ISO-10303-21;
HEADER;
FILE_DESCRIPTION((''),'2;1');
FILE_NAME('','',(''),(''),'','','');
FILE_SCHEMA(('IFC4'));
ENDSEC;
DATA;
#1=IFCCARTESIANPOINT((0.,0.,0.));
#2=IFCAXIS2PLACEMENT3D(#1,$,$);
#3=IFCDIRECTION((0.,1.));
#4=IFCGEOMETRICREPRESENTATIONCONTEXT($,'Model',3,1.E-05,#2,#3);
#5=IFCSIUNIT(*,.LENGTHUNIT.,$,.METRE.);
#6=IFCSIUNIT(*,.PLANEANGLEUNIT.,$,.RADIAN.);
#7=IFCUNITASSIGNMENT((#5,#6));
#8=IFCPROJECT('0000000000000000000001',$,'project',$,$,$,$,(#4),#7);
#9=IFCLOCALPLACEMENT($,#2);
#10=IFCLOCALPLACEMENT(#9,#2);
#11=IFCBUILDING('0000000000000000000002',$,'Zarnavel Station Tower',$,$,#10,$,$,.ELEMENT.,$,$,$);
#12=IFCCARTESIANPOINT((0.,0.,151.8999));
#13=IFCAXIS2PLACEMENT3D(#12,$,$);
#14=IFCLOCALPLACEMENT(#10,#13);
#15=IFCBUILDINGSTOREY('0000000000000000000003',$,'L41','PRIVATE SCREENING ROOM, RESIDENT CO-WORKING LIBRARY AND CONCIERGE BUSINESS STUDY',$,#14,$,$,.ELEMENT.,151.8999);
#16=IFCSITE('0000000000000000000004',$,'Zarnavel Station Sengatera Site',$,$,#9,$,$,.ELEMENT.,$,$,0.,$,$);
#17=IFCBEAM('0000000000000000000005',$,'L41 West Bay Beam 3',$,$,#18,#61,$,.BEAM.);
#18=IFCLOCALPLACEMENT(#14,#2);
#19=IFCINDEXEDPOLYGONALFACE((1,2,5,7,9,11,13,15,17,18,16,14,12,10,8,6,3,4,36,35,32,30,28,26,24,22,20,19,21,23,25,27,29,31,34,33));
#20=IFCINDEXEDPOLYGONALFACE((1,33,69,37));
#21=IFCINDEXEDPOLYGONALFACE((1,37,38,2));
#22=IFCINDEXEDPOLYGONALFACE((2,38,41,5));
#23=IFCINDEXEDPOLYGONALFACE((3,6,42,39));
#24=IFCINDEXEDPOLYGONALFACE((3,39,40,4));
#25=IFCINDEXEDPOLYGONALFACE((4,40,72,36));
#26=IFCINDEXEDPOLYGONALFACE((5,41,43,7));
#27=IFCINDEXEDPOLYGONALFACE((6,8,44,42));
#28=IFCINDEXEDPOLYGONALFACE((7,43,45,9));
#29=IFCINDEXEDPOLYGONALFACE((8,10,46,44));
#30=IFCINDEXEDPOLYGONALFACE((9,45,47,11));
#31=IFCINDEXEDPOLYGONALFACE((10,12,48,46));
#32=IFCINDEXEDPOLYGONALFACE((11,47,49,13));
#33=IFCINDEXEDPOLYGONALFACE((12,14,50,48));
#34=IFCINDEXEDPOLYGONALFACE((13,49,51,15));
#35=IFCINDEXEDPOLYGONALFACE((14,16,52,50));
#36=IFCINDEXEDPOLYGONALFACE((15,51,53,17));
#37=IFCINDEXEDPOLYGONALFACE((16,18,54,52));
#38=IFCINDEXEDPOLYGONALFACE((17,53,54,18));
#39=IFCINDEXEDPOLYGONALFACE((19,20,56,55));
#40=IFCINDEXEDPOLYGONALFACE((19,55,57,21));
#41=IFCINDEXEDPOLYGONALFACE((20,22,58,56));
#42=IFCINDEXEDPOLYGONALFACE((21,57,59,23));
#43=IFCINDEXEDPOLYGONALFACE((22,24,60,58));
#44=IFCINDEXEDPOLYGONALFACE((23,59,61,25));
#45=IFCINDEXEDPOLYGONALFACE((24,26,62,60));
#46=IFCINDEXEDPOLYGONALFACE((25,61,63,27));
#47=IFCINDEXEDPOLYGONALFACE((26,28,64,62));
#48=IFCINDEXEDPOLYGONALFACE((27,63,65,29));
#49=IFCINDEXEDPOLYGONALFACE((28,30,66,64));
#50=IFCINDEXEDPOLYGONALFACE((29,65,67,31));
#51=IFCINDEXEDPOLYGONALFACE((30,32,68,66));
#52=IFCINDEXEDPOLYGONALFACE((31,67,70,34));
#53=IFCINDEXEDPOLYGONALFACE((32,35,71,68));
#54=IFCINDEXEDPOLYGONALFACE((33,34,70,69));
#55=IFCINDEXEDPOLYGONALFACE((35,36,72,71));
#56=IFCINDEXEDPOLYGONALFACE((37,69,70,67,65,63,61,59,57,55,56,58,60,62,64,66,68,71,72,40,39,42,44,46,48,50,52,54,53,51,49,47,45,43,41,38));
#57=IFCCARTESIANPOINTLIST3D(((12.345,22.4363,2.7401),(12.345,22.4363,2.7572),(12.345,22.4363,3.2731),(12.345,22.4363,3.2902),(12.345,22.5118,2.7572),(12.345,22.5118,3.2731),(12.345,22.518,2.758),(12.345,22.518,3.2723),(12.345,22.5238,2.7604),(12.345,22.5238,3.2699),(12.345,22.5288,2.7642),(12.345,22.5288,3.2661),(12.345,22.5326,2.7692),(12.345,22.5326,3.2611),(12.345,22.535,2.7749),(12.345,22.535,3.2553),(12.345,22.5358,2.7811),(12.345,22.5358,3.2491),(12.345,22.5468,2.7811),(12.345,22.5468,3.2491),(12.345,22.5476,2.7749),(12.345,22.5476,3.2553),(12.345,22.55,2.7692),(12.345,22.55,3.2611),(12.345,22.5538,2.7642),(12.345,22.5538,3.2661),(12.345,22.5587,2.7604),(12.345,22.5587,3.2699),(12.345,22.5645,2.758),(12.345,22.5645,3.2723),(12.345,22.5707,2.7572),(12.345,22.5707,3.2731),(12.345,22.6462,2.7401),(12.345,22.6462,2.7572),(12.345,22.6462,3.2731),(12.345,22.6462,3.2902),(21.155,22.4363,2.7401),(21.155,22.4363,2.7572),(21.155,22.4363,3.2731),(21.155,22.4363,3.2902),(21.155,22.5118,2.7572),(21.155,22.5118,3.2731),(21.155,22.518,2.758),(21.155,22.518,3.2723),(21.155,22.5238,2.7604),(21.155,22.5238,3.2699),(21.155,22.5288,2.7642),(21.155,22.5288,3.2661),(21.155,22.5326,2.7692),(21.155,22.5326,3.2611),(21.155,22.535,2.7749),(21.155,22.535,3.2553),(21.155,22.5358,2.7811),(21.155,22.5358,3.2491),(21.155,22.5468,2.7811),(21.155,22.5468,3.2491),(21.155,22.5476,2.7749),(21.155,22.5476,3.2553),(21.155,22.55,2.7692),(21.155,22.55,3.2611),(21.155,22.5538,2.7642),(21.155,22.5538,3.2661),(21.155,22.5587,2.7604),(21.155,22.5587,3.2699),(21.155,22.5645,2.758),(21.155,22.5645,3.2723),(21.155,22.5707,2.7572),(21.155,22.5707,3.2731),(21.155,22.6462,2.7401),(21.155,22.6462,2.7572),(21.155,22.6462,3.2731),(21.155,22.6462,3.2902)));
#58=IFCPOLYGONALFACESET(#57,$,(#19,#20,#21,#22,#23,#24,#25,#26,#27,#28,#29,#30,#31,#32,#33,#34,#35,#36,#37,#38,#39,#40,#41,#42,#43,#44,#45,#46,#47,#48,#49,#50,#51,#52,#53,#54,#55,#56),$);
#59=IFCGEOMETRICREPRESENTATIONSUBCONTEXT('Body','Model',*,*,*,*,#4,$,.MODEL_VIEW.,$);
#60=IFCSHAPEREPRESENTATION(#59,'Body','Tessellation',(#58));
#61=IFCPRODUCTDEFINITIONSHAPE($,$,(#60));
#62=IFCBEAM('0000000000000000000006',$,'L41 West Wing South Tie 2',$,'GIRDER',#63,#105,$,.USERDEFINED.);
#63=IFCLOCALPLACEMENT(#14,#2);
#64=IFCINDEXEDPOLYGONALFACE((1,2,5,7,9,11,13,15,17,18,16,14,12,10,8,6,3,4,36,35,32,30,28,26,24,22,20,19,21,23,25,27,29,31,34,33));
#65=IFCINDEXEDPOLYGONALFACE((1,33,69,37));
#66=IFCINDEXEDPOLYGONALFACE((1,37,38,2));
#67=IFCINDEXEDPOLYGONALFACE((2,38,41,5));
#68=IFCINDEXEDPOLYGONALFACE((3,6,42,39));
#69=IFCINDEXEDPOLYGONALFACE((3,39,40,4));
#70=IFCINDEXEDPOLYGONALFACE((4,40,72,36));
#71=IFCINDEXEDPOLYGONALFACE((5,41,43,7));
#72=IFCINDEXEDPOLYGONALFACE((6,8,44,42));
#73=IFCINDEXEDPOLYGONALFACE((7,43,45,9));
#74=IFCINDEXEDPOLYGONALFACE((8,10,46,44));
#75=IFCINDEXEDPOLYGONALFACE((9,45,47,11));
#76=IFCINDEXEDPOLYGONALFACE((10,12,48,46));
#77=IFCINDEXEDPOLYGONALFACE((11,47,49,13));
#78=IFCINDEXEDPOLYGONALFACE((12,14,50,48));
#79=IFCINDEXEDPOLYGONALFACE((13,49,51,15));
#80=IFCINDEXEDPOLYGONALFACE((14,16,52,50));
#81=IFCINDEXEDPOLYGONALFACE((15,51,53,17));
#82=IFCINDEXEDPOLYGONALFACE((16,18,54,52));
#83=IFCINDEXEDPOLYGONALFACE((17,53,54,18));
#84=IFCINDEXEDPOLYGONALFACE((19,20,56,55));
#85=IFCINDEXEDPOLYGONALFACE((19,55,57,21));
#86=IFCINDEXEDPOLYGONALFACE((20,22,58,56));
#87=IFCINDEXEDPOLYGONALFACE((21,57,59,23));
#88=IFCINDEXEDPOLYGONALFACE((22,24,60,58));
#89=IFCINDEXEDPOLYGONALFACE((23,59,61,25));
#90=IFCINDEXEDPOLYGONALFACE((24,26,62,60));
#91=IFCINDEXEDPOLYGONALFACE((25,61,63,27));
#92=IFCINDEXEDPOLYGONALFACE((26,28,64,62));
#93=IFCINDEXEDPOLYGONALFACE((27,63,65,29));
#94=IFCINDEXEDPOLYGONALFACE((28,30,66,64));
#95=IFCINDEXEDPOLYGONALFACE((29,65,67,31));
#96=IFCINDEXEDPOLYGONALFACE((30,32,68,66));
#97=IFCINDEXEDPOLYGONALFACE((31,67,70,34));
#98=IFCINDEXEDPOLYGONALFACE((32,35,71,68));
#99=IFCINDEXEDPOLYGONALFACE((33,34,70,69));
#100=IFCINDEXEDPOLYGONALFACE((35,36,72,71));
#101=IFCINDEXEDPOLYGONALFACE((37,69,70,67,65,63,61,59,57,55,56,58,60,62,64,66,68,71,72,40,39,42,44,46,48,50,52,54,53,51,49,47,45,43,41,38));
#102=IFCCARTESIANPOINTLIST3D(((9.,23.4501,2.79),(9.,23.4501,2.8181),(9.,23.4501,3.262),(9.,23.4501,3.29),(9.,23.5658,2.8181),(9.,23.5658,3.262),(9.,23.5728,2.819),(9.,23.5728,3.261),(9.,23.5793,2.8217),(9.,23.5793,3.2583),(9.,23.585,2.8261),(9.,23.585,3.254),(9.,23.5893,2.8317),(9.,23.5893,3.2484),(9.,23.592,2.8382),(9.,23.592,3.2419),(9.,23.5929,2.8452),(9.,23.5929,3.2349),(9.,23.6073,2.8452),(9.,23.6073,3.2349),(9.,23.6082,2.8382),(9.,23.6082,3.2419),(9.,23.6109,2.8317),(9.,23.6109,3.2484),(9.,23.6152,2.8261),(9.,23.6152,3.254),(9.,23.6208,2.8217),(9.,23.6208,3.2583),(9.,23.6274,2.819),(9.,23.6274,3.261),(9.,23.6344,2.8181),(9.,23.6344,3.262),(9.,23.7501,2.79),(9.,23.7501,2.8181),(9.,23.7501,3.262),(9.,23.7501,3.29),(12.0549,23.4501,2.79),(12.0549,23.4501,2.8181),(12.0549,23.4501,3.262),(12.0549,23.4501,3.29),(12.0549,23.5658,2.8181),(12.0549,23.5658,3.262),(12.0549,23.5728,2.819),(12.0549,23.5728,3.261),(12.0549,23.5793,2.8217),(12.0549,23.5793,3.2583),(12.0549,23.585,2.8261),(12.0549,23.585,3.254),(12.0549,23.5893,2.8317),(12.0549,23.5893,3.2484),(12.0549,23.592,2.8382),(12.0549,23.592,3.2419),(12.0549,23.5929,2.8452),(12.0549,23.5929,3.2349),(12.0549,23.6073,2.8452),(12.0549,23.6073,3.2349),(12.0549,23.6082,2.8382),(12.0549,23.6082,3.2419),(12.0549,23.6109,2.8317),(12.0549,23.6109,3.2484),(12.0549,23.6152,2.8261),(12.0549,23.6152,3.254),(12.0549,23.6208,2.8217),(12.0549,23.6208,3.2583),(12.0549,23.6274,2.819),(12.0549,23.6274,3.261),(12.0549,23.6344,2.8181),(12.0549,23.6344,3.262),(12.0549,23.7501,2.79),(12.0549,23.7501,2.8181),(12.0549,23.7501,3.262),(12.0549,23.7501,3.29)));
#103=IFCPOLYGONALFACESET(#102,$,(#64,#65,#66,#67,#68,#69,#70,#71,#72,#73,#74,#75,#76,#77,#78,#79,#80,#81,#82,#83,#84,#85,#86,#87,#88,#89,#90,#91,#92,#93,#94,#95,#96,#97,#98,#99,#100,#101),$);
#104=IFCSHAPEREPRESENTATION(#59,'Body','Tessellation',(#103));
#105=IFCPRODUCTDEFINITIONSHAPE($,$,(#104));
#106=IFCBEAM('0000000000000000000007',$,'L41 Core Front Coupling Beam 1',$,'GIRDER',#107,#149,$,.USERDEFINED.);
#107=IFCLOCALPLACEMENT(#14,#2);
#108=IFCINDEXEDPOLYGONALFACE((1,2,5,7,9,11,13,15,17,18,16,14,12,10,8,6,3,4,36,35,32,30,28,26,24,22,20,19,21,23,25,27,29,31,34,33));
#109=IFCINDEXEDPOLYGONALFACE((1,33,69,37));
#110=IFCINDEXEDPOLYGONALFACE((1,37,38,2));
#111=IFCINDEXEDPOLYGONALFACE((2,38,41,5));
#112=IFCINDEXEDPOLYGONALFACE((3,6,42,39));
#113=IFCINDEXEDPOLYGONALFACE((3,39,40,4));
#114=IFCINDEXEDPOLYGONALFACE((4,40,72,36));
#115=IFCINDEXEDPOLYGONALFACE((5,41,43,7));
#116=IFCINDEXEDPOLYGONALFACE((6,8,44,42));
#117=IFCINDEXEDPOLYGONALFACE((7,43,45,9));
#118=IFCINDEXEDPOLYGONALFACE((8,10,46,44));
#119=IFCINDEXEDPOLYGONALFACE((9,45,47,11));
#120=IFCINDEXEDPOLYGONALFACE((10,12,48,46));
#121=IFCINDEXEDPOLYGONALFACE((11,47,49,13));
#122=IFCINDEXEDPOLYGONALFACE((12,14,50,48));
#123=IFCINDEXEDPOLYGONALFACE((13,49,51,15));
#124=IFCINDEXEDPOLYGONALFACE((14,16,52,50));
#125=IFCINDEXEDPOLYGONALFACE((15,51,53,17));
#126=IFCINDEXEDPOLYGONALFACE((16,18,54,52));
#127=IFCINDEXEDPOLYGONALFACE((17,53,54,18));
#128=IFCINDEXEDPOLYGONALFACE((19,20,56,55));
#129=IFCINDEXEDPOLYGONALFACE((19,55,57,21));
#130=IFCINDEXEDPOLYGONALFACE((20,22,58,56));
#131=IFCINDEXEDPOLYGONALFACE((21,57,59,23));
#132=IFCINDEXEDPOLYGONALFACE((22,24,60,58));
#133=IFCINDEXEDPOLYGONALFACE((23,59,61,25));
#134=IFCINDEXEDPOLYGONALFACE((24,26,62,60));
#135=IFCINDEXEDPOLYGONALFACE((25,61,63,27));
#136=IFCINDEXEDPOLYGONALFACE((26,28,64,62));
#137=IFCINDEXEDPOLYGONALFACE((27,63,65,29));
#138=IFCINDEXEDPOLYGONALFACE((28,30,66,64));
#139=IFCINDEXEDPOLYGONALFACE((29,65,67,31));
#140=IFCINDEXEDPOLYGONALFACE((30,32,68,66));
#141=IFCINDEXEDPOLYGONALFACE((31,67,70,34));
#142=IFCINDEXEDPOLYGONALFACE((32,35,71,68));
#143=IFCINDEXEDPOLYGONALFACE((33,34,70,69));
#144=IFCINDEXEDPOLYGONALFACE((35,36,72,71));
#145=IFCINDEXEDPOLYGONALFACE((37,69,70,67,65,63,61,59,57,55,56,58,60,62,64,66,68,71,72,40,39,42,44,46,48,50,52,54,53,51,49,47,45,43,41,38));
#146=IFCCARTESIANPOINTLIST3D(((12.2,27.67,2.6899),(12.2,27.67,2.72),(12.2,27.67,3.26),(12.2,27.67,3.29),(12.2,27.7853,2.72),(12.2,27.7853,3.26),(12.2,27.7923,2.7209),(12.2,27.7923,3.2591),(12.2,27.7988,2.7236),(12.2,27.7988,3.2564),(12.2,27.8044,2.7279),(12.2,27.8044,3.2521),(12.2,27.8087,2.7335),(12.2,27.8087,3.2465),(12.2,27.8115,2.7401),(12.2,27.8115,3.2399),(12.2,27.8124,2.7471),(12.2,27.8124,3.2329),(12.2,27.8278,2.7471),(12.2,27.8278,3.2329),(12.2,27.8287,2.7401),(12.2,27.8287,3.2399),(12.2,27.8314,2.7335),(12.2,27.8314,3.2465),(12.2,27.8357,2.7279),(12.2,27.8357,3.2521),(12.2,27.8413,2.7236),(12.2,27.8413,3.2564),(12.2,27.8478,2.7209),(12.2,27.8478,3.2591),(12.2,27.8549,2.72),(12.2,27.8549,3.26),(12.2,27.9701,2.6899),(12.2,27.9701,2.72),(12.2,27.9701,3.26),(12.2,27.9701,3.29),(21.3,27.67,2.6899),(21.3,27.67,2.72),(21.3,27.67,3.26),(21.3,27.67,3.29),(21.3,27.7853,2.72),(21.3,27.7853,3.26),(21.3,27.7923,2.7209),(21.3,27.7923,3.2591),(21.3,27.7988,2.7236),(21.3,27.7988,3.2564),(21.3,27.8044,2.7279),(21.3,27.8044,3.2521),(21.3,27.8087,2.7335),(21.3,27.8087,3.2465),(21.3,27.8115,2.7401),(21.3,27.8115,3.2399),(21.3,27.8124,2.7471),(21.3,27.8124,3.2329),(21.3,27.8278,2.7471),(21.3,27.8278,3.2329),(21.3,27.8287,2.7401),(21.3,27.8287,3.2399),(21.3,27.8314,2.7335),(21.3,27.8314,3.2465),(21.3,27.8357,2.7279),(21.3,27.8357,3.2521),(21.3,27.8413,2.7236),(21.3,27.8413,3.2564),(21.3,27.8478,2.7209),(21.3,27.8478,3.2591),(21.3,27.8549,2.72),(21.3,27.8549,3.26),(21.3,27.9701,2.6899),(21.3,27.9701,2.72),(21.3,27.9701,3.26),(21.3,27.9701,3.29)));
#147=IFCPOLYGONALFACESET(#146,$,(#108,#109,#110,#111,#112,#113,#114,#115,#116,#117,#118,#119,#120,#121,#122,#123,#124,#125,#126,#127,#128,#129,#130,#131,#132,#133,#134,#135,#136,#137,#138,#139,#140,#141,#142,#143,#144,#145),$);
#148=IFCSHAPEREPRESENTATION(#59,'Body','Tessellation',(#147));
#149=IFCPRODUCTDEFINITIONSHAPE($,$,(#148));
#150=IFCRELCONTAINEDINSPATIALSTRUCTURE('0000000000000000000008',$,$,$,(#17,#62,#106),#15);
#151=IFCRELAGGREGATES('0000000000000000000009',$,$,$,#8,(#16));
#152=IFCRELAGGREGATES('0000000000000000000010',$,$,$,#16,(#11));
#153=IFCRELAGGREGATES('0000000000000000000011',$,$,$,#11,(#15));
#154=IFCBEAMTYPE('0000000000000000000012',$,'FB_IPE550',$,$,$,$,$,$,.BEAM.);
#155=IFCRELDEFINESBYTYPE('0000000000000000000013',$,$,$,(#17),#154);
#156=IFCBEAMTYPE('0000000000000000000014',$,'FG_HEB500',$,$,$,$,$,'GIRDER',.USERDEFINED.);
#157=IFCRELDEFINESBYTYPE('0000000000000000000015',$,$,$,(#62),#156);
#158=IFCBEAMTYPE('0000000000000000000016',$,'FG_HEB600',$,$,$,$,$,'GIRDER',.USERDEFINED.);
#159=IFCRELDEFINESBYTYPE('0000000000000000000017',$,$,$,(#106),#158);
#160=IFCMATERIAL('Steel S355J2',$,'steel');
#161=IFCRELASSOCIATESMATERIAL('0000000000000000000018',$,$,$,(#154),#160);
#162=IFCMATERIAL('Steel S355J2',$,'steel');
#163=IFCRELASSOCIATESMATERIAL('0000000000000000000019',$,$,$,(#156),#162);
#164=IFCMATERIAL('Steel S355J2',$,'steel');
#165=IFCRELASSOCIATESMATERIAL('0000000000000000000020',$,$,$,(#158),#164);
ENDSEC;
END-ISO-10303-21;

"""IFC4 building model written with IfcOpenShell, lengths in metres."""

from ifc_helpers import new_model, si_unit, direction, frame, origin, origin_2d, place, context, subcontext, project, spatial, i_section, extrude, material, material_profile, profile_set, type_object, element, save


model = new_model("IFC4")

# Units and contexts
model_context = context("Model", 3, precision=1e-05, world=origin(), true_north=direction((0.0, 1.0)))
body_context = subcontext(model_context, "Body", "Model", "MODEL_VIEW")
ifc_project = project(units=[si_unit("LENGTHUNIT", "METRE"), si_unit("PLANEANGLEUNIT", "RADIAN")], contexts=[model_context])

# Site, building, storey
site_placement = place(None, origin())
site = spatial("IfcSite", under=ifc_project, at=site_placement, Name="Zarnavel Station Sengatera Site", CompositionType="ELEMENT", RefElevation=0.0)
building_placement = place(site_placement, origin())
building = spatial("IfcBuilding", under=site, at=building_placement, Name="Zarnavel Station Tower", CompositionType="ELEMENT")
storey_placement = place(building_placement, frame((0.0, 0.0, 151.8999)))
storey = spatial("IfcBuildingStorey", under=building, at=storey_placement, Name="L41", Description="PRIVATE SCREENING ROOM, RESIDENT CO-WORKING LIBRARY AND CONCIERGE BUSINESS STUDY", CompositionType="ELEMENT", Elevation=151.8999)

# Beams
ifc_material_1 = material(Name="Steel S355J2", Category="steel")
ifc_material_profile_1 = material_profile(ifc_material_1, i_section(OverallWidth=0.21, OverallDepth=0.55, WebThickness=0.011, FlangeThickness=0.0171, FilletRadius=0.0239, at=origin_2d()), Name="IPE550")
ifc_profile_set_1 = profile_set([ifc_material_profile_1], Name="Steel S355J2")
beam_type_1 = type_object("IfcBeamType", Name="FB_IPE550", PredefinedType="BEAM", material=ifc_profile_set_1)
beam_1_placement = place(storey_placement, frame((12.345, 22.5413, 3.0151), z_axis=(1.0, 0.0, 0.0), x_axis=(0.0, 1.0, 0.0)))
element("IfcBeam", 1, at=beam_1_placement, inside=storey, type_object=beam_type_1, Name="L41 West Bay Beam 3", PredefinedType="BEAM", context=body_context, shape_type="SweptSolid", body=[
    extrude(i_section(OverallWidth=0.21, OverallDepth=0.55, WebThickness=0.011, FlangeThickness=0.0171, FilletRadius=0.0239, at=origin_2d()), origin(), (0.0, 0.0, 1.0), 8.8101),
])
ifc_material_2 = material(Name="Steel S355J2", Category="steel")
ifc_material_profile_2 = material_profile(ifc_material_2, i_section(OverallWidth=0.3, OverallDepth=0.5, WebThickness=0.0144, FlangeThickness=0.0281, FilletRadius=0.0271, at=origin_2d()), Name="HEB500")
ifc_profile_set_2 = profile_set([ifc_material_profile_2], Name="Steel S355J2")
beam_type_2 = type_object("IfcBeamType", Name="FG_HEB500", ElementType="GIRDER", PredefinedType="USERDEFINED", material=ifc_profile_set_2)
beam_2_placement = place(storey_placement, frame((9.0, 23.6001, 3.04), z_axis=(1.0, 0.0, 0.0), x_axis=(0.0, 1.0, 0.0)))
element("IfcBeam", 2, at=beam_2_placement, inside=storey, type_object=beam_type_2, Name="L41 West Wing South Tie 2", ObjectType="GIRDER", PredefinedType="USERDEFINED", context=body_context, shape_type="SweptSolid", body=[
    extrude(i_section(OverallWidth=0.3, OverallDepth=0.5, WebThickness=0.0144, FlangeThickness=0.0281, FilletRadius=0.0271, at=origin_2d()), origin(), (0.0, 0.0, 1.0), 3.0549),
])
ifc_material_3 = material(Name="Steel S355J2", Category="steel")
ifc_material_profile_3 = material_profile(ifc_material_3, i_section(OverallWidth=0.3, OverallDepth=0.6001, WebThickness=0.0154, FlangeThickness=0.03, FilletRadius=0.0271, at=origin_2d()), Name="HEB600")
ifc_profile_set_3 = profile_set([ifc_material_profile_3], Name="Steel S355J2")
beam_type_3 = type_object("IfcBeamType", Name="FG_HEB600", ElementType="GIRDER", PredefinedType="USERDEFINED", material=ifc_profile_set_3)
beam_3_placement = place(storey_placement, frame((12.2, 27.8201, 2.99), z_axis=(1.0, 0.0, 0.0), x_axis=(0.0, 1.0, 0.0)))
element("IfcBeam", 3, at=beam_3_placement, inside=storey, type_object=beam_type_3, Name="L41 Core Front Coupling Beam 1", ObjectType="GIRDER", PredefinedType="USERDEFINED", context=body_context, shape_type="SweptSolid", body=[
    extrude(i_section(OverallWidth=0.3, OverallDepth=0.6001, WebThickness=0.0154, FlangeThickness=0.03, FilletRadius=0.0271, at=origin_2d()), origin(), (0.0, 0.0, 1.0), 9.1001),
])

save(model, "model.ifc")
